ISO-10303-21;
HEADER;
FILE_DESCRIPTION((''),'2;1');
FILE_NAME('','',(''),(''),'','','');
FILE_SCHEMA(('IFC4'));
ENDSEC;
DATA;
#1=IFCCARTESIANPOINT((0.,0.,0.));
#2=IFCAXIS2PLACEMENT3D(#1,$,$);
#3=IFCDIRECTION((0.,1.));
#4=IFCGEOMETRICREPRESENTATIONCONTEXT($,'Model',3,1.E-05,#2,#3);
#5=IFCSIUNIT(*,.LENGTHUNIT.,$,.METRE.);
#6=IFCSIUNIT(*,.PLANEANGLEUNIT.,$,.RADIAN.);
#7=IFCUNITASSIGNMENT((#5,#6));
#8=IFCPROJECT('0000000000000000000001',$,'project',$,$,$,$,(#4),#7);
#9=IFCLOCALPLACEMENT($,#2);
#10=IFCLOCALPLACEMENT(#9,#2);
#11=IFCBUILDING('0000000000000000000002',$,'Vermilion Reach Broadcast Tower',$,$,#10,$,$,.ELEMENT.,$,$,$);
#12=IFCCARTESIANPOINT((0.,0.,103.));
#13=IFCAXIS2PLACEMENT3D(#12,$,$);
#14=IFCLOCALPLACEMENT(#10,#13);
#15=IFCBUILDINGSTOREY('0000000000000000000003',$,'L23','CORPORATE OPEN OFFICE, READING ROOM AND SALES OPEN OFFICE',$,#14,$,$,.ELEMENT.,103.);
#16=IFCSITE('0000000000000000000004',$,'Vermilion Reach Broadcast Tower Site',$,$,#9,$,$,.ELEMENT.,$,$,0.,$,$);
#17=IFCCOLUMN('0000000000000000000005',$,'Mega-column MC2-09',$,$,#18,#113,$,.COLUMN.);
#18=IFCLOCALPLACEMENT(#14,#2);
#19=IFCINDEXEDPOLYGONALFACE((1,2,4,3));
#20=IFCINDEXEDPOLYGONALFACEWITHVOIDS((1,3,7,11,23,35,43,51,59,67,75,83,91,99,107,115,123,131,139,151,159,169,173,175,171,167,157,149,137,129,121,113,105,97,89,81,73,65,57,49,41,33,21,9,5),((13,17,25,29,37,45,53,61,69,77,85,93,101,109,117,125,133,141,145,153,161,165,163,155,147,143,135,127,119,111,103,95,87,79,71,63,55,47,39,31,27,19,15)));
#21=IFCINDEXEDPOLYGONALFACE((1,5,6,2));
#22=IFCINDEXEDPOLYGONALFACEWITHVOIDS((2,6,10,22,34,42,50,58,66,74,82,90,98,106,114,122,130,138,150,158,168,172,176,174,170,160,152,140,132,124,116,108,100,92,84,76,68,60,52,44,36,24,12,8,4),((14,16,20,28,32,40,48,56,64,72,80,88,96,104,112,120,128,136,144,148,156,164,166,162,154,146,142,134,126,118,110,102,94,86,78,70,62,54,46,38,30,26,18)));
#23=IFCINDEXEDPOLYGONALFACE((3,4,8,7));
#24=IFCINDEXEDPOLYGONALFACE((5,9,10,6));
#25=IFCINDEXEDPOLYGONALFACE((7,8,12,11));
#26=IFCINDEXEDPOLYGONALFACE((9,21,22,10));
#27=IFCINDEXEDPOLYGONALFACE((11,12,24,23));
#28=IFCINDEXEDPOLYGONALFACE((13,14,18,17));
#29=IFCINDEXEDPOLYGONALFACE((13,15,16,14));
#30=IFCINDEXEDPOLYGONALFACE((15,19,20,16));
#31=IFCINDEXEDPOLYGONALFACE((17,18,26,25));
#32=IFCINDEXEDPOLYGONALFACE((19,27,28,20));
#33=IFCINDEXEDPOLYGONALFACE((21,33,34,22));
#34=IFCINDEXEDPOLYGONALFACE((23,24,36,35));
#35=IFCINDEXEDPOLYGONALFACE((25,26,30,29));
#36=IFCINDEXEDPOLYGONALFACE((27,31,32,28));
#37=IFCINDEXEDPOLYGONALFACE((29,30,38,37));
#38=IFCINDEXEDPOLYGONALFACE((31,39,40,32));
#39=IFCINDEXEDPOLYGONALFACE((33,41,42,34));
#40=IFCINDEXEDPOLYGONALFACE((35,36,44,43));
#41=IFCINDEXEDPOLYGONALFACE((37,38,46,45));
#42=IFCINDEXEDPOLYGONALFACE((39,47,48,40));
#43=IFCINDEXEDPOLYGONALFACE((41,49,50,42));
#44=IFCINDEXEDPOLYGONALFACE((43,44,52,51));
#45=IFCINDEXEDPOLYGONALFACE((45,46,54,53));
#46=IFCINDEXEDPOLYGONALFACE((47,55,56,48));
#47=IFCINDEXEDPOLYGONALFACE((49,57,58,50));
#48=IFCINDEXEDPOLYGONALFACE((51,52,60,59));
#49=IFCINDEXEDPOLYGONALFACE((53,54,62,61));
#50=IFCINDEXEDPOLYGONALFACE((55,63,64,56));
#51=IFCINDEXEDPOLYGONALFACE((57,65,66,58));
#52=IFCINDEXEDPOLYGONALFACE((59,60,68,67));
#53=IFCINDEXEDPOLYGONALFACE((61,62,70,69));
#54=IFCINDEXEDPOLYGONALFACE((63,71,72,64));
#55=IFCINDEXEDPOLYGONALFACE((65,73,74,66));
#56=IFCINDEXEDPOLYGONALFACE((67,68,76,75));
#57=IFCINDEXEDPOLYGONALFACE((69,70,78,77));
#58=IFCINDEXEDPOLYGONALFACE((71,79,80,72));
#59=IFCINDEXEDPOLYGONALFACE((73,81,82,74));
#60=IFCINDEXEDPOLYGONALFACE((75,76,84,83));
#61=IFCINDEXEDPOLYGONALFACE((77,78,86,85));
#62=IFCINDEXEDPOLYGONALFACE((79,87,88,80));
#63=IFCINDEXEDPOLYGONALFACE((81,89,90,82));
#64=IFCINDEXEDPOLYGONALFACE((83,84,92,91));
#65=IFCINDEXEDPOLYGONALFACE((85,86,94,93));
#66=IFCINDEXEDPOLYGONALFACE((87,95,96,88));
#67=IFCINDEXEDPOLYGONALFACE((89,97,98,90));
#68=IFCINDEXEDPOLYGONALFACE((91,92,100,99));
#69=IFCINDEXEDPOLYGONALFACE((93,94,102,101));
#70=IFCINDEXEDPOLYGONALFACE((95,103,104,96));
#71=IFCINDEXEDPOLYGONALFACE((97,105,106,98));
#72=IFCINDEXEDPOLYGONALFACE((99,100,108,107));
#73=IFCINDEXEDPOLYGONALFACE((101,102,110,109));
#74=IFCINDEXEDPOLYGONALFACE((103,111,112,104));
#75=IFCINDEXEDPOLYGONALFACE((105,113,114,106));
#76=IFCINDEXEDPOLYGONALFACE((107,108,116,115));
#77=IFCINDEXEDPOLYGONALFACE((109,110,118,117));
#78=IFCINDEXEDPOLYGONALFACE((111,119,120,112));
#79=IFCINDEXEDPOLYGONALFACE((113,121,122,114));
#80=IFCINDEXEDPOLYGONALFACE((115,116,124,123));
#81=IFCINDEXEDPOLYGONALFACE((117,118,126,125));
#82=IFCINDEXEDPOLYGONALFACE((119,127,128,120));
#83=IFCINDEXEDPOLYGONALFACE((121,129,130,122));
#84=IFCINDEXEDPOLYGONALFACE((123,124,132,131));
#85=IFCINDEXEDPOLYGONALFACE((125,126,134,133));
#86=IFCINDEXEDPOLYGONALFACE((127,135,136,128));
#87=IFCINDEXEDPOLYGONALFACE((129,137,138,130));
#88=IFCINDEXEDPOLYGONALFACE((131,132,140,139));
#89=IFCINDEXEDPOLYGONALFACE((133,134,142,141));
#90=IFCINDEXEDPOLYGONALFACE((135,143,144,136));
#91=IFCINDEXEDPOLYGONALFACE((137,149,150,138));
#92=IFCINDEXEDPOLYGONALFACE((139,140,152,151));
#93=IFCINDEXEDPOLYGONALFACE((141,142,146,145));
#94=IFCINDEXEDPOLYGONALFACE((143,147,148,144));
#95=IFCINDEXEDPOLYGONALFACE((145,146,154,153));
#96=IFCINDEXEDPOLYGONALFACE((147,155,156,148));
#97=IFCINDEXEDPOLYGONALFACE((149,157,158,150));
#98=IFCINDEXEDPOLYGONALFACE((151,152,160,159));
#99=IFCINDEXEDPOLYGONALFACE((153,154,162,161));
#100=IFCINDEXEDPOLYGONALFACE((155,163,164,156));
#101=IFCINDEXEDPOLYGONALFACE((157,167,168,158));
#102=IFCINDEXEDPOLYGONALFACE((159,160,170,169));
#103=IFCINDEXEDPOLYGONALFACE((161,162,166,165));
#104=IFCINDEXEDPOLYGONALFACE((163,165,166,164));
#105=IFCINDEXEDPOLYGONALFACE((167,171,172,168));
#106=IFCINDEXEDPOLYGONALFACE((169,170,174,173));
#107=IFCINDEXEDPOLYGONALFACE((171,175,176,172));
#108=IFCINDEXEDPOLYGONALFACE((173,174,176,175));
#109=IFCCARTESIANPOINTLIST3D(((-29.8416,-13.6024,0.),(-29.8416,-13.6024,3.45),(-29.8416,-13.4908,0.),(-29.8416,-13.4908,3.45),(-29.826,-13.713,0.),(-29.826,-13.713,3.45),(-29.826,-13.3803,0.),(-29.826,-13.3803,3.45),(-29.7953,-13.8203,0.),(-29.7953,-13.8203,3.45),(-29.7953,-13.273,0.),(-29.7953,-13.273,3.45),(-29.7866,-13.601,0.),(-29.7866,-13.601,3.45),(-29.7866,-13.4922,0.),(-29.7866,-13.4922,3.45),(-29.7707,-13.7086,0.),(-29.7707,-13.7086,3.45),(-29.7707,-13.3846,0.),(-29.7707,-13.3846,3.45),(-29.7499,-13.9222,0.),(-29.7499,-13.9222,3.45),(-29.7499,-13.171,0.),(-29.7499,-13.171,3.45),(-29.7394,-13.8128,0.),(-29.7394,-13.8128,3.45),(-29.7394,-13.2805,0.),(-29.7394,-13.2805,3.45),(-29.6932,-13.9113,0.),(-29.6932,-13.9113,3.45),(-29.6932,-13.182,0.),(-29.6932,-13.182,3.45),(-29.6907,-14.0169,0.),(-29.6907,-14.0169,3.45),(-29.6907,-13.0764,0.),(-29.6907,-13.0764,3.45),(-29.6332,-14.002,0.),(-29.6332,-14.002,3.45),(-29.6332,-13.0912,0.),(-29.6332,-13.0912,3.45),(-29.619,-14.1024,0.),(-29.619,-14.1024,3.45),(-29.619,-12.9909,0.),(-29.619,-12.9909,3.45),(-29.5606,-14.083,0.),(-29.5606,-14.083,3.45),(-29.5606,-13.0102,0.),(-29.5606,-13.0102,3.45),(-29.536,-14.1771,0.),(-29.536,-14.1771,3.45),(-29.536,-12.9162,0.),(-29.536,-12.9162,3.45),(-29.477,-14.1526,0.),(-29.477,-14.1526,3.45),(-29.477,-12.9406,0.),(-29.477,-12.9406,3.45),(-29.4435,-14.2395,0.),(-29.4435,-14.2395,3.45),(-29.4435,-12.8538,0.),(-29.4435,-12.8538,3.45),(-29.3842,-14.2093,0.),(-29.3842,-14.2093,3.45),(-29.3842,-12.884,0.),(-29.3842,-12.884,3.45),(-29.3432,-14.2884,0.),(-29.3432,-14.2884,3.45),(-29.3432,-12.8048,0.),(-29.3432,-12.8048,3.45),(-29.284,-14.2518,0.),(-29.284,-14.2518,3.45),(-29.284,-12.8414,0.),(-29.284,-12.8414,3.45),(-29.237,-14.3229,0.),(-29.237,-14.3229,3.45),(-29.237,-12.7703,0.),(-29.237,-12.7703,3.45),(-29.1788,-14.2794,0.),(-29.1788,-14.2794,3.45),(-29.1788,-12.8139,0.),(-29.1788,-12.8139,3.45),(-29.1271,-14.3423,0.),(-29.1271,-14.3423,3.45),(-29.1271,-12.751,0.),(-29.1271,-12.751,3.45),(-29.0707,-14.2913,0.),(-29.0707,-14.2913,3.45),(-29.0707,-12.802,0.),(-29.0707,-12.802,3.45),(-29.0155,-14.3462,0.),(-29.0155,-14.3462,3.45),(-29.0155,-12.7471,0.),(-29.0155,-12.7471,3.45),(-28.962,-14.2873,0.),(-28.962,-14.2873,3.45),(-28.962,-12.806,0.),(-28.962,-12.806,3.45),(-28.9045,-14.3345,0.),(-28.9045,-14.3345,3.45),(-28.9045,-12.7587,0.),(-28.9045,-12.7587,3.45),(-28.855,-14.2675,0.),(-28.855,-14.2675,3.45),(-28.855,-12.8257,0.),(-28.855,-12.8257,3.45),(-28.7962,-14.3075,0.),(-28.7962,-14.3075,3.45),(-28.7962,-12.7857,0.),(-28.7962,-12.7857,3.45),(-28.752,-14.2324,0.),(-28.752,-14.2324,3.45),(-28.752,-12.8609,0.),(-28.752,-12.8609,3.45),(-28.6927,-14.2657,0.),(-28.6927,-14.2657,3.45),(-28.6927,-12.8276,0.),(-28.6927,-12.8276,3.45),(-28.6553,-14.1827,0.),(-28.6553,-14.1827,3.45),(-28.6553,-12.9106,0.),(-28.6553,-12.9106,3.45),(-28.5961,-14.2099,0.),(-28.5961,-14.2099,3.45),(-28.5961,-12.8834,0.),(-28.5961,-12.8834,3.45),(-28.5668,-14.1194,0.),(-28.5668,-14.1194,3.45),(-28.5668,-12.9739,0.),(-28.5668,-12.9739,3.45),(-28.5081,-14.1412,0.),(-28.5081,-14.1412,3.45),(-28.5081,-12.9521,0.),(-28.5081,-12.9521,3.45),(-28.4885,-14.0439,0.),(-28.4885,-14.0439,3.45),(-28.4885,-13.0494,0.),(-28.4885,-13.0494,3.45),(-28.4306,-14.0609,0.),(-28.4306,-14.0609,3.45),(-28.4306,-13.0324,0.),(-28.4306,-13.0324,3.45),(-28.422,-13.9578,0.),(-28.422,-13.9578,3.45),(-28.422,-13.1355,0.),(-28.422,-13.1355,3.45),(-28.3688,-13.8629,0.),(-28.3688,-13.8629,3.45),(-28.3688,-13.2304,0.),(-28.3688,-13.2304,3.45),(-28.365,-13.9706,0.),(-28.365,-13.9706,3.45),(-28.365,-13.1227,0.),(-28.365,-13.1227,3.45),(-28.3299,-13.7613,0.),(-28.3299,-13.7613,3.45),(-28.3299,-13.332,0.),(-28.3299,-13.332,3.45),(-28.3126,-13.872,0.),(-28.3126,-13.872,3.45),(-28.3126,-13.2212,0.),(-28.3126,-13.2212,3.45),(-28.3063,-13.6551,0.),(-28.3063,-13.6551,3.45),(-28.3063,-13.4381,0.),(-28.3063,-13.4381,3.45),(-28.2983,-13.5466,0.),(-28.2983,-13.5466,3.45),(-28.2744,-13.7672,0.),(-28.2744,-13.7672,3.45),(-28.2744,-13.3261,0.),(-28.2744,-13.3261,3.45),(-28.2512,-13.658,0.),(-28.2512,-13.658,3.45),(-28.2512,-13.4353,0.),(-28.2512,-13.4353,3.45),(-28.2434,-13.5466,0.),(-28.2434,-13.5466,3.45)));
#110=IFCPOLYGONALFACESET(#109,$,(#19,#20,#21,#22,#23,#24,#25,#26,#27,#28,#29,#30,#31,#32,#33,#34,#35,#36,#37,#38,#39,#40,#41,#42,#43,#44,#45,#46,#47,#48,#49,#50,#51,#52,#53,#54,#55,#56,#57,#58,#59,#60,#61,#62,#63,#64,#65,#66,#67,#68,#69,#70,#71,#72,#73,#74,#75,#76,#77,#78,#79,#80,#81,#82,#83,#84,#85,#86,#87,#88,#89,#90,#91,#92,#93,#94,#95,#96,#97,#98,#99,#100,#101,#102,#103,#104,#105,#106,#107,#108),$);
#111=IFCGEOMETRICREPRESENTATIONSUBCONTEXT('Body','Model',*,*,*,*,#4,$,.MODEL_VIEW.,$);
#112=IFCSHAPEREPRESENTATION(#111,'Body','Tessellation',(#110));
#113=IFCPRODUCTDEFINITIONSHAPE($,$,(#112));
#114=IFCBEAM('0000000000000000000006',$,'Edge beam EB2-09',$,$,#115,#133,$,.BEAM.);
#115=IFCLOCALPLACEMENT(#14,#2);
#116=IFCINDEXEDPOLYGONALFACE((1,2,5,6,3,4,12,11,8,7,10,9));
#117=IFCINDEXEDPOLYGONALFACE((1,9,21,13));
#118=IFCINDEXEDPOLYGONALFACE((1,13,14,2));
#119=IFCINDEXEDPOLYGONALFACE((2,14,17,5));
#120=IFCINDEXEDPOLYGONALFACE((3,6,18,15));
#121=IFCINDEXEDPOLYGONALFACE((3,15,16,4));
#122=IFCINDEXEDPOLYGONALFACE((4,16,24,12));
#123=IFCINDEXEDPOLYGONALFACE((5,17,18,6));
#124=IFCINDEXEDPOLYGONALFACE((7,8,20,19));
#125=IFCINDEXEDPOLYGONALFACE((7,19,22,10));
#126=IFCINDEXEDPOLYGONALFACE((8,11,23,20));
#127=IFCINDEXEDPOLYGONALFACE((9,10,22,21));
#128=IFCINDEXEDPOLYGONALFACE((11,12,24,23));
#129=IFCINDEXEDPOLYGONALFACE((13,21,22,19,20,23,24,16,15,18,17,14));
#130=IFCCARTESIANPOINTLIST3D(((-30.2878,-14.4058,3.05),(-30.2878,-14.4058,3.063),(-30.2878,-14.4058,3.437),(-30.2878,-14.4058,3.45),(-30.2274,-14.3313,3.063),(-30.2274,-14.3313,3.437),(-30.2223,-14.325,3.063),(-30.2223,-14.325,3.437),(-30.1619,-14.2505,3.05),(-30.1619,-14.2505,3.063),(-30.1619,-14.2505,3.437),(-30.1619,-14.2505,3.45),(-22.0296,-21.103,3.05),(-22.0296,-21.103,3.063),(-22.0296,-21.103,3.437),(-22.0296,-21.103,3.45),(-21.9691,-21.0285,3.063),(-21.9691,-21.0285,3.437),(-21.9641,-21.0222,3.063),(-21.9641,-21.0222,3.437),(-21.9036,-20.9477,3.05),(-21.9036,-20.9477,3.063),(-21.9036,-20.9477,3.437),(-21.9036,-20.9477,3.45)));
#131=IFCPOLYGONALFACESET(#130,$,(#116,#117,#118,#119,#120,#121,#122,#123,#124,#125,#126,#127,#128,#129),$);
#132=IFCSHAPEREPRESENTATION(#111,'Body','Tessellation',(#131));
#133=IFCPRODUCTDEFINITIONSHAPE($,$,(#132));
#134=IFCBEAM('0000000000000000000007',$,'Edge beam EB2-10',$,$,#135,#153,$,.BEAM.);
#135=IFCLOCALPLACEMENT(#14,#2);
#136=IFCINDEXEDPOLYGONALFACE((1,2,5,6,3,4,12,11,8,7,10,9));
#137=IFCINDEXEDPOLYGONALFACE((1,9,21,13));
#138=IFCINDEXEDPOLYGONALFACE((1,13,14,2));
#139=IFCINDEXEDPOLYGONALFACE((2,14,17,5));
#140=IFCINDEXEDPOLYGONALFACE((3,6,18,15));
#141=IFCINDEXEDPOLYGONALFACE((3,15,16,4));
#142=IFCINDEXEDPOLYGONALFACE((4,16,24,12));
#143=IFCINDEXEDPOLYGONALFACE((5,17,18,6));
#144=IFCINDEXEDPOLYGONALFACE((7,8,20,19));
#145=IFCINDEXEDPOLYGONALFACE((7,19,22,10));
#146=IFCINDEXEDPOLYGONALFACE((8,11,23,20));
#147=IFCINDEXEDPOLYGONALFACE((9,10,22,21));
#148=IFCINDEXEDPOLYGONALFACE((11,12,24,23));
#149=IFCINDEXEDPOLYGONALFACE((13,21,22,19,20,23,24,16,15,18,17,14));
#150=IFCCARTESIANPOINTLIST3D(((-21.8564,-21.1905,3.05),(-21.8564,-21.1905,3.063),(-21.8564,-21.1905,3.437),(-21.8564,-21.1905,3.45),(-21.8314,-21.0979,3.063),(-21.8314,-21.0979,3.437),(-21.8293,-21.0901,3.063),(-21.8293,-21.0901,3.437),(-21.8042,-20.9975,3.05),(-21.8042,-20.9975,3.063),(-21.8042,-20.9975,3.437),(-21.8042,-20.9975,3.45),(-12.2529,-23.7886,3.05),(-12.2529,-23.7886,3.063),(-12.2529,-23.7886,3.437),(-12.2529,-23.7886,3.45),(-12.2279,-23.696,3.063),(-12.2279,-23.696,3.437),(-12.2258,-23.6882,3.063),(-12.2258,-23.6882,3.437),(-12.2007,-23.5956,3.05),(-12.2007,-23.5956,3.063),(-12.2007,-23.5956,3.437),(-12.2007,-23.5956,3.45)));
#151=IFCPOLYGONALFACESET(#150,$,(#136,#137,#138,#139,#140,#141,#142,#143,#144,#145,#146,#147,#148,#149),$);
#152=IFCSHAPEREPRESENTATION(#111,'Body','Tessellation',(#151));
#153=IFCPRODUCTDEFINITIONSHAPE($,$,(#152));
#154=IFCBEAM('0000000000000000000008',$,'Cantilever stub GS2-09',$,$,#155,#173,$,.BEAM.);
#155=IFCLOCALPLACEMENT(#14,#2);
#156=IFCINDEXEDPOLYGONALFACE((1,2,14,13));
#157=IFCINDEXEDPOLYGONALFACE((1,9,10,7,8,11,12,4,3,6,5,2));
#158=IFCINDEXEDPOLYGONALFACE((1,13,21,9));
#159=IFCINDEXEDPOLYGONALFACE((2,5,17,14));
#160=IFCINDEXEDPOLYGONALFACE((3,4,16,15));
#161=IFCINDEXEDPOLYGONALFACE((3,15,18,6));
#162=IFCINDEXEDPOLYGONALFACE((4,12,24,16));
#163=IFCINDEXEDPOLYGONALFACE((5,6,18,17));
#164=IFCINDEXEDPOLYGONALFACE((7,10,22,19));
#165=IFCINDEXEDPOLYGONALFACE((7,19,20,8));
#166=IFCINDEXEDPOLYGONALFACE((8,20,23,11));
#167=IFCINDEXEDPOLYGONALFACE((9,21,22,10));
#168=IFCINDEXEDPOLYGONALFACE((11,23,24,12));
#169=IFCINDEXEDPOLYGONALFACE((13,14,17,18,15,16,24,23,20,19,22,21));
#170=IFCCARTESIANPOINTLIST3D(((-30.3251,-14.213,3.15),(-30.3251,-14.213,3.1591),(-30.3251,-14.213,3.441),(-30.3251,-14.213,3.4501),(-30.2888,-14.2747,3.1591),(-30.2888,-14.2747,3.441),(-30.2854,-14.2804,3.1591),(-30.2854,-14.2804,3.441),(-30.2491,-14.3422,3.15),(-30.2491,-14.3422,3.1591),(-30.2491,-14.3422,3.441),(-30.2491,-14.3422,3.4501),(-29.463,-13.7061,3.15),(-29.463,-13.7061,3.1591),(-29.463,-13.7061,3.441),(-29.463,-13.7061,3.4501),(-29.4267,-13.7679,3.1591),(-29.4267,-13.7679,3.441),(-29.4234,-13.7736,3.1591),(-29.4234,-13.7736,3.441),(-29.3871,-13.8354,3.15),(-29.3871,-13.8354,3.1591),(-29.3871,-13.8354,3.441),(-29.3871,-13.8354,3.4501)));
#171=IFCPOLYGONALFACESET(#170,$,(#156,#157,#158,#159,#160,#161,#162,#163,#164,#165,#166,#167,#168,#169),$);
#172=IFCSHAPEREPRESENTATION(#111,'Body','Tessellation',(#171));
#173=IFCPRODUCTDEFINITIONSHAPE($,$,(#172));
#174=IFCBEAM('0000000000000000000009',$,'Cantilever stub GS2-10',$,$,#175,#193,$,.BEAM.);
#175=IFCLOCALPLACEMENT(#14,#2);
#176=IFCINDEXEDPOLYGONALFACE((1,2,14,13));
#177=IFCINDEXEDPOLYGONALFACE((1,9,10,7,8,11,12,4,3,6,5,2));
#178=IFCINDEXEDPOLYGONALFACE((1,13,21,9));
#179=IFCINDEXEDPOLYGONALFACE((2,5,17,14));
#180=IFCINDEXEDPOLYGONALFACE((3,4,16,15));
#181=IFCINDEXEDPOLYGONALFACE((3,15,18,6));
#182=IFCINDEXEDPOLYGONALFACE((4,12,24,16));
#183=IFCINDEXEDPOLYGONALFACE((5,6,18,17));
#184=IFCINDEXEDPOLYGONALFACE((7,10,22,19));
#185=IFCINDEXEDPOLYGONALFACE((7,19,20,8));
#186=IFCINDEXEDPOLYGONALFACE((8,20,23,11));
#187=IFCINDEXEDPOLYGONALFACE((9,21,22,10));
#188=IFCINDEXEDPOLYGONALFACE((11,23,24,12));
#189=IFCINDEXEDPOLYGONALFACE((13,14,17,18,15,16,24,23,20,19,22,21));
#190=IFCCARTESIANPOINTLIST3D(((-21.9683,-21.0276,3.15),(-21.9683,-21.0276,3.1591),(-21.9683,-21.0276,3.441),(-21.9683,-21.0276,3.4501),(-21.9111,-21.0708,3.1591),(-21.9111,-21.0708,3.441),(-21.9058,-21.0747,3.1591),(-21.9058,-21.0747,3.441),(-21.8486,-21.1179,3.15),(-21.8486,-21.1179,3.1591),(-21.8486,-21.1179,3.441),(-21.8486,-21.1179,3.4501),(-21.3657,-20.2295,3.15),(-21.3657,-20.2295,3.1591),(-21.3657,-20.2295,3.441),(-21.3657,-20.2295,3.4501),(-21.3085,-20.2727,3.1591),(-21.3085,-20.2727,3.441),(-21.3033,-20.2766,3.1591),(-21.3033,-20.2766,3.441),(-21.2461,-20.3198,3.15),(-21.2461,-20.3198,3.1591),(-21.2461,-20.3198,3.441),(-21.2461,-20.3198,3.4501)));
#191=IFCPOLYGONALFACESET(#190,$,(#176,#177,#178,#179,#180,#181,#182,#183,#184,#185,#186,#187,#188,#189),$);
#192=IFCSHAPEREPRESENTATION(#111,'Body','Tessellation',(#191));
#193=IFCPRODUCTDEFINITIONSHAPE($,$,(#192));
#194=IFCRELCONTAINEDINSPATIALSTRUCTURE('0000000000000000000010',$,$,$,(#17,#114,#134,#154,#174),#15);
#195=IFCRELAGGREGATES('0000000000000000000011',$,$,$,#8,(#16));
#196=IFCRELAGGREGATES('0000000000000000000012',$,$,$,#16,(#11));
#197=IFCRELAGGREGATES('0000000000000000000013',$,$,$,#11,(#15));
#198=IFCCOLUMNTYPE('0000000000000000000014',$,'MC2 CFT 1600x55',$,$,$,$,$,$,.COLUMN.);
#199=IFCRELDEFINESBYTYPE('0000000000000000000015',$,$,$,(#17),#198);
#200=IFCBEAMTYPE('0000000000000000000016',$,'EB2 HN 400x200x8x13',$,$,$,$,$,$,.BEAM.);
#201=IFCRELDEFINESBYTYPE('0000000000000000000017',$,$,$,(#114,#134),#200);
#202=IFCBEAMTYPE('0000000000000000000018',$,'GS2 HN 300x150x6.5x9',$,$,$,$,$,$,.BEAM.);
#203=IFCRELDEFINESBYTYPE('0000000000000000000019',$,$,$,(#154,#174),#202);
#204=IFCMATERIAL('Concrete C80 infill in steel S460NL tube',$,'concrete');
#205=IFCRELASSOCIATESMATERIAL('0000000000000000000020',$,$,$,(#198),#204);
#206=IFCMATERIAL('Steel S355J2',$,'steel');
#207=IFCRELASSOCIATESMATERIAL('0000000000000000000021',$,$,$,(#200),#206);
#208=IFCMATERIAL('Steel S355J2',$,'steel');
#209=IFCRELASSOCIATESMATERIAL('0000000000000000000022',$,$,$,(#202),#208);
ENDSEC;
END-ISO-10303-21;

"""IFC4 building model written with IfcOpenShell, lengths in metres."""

from ifc_helpers import new_model, si_unit, direction, frame, origin, origin_2d, place, context, subcontext, project, spatial, hollow_circle, i_section, extrude, material, material_profile, profile_set, type_object, element, save


model = new_model("IFC4")

# Units and contexts
model_context = context("Model", 3, precision=1e-05, world=origin(), true_north=direction((0.0, 1.0)))
body_context = subcontext(model_context, "Body", "Model", "MODEL_VIEW")
ifc_project = project(units=[si_unit("LENGTHUNIT", "METRE"), si_unit("PLANEANGLEUNIT", "RADIAN")], contexts=[model_context])

# Site, building, storey
site_placement = place(None, origin())
site = spatial("IfcSite", under=ifc_project, at=site_placement, Name="Vermilion Reach Broadcast Tower Site", CompositionType="ELEMENT", RefElevation=0.0)
building_placement = place(site_placement, origin())
building = spatial("IfcBuilding", under=site, at=building_placement, Name="Vermilion Reach Broadcast Tower", CompositionType="ELEMENT")
storey_placement = place(building_placement, frame((0.0, 0.0, 103.0)))
storey = spatial("IfcBuildingStorey", under=building, at=storey_placement, Name="L23", Description="CORPORATE OPEN OFFICE, READING ROOM AND SALES OPEN OFFICE", CompositionType="ELEMENT", Elevation=103.0)

# Column
ifc_material_1 = material(Name="Concrete C80 infill in steel S460NL tube", Category="concrete")
ifc_material_profile_1 = material_profile(ifc_material_1, hollow_circle(Radius=0.8, WallThickness=0.0549, at=origin_2d()), Name="Concrete C80 infill in steel S460NL tube CFT 1600x55")
ifc_profile_set_1 = profile_set([ifc_material_profile_1], Name="Concrete C80 infill in steel S460NL tube")
column_type = type_object("IfcColumnType", Name="MC2 CFT 1600x55", PredefinedType="COLUMN", material=ifc_profile_set_1)
column_placement = place(storey_placement, frame((-29.0435, -13.5466, 0.0), z_axis=(0.0, 0.0, 1.0), x_axis=(1.0, 0.0, 0.0)))
element("IfcColumn", 1, at=column_placement, inside=storey, type_object=column_type, Name="Mega-column MC2-09", PredefinedType="COLUMN", context=body_context, shape_type="SweptSolid", body=[
    extrude(hollow_circle(Radius=0.8, WallThickness=0.0549, at=origin_2d()), origin(), (0.0, 0.0, 1.0), 3.45),
])

# Beams
ifc_material_2 = material(Name="Steel S355J2", Category="steel")
ifc_material_profile_2 = material_profile(ifc_material_2, i_section(OverallWidth=0.2, OverallDepth=0.3999, WebThickness=0.0081, FlangeThickness=0.0129, at=origin_2d()), Name="S355J2 HN 400x200x8x13")
ifc_profile_set_2 = profile_set([ifc_material_profile_2], Name="Steel S355J2")
beam_type_1 = type_object("IfcBeamType", Name="EB2 HN 400x200x8x13", PredefinedType="BEAM", material=ifc_profile_set_2)
beam_1_placement = place(storey_placement, frame((-30.2249, -14.3281, 3.25), z_axis=(0.776694, -0.629878, 0.0), x_axis=(0.629878, 0.776694, 0.0)))
element("IfcBeam", 2, at=beam_1_placement, inside=storey, type_object=beam_type_1, Name="Edge beam EB2-09", PredefinedType="BEAM", context=body_context, shape_type="SweptSolid", body=[
    extrude(i_section(OverallWidth=0.2, OverallDepth=0.3999, WebThickness=0.0081, FlangeThickness=0.0129, at=origin_2d()), origin(), (0.0, 0.0, 1.0), 10.6326),
])
beam_2_placement = place(storey_placement, frame((-21.8303, -21.094, 3.25), z_axis=(0.965298, -0.261153, 0.0), x_axis=(0.261153, 0.965298, 0.0)))
element("IfcBeam", 3, at=beam_2_placement, inside=storey, type_object=beam_type_1, Name="Edge beam EB2-10", PredefinedType="BEAM", context=body_context, shape_type="SweptSolid", body=[
    extrude(i_section(OverallWidth=0.2, OverallDepth=0.3999, WebThickness=0.0081, FlangeThickness=0.0129, at=origin_2d()), origin(), (0.0, 0.0, 1.0), 9.9487),
])
ifc_material_3 = material(Name="Steel S355J2", Category="steel")
ifc_material_profile_3 = material_profile(ifc_material_3, i_section(OverallWidth=0.1499, OverallDepth=0.3, WebThickness=0.0066, FlangeThickness=0.009, at=origin_2d()), Name="S355J2 HN 300x150x6.5x9")
ifc_profile_set_3 = profile_set([ifc_material_profile_3], Name="Steel S355J2")
beam_type_2 = type_object("IfcBeamType", Name="GS2 HN 300x150x6.5x9", PredefinedType="BEAM", material=ifc_profile_set_3)
for number, where, z_axis, x_axis, name in (
    (4, (-29.425, -13.7708, 3.3), (-0.862047, -0.506828, 0.0), (0.506828, -0.862047, 0.0), "Cantilever stub GS2-09"),
    (5, (-21.3059, -20.2747, 3.3), (-0.602536, -0.798092, 0.0), (0.798092, -0.602536, 0.0), "Cantilever stub GS2-10"),
):
    element("IfcBeam", number, at=place(storey_placement, frame(where, z_axis=z_axis, x_axis=x_axis)), inside=storey, type_object=beam_type_2, Name=name, PredefinedType="BEAM", context=body_context, shape_type="SweptSolid", body=[
        extrude(i_section(OverallWidth=0.1499, OverallDepth=0.3, WebThickness=0.0066, FlangeThickness=0.009, at=origin_2d()), origin(), (0.0, 0.0, 1.0), 1.0),
    ])

save(model, "model.ifc")
